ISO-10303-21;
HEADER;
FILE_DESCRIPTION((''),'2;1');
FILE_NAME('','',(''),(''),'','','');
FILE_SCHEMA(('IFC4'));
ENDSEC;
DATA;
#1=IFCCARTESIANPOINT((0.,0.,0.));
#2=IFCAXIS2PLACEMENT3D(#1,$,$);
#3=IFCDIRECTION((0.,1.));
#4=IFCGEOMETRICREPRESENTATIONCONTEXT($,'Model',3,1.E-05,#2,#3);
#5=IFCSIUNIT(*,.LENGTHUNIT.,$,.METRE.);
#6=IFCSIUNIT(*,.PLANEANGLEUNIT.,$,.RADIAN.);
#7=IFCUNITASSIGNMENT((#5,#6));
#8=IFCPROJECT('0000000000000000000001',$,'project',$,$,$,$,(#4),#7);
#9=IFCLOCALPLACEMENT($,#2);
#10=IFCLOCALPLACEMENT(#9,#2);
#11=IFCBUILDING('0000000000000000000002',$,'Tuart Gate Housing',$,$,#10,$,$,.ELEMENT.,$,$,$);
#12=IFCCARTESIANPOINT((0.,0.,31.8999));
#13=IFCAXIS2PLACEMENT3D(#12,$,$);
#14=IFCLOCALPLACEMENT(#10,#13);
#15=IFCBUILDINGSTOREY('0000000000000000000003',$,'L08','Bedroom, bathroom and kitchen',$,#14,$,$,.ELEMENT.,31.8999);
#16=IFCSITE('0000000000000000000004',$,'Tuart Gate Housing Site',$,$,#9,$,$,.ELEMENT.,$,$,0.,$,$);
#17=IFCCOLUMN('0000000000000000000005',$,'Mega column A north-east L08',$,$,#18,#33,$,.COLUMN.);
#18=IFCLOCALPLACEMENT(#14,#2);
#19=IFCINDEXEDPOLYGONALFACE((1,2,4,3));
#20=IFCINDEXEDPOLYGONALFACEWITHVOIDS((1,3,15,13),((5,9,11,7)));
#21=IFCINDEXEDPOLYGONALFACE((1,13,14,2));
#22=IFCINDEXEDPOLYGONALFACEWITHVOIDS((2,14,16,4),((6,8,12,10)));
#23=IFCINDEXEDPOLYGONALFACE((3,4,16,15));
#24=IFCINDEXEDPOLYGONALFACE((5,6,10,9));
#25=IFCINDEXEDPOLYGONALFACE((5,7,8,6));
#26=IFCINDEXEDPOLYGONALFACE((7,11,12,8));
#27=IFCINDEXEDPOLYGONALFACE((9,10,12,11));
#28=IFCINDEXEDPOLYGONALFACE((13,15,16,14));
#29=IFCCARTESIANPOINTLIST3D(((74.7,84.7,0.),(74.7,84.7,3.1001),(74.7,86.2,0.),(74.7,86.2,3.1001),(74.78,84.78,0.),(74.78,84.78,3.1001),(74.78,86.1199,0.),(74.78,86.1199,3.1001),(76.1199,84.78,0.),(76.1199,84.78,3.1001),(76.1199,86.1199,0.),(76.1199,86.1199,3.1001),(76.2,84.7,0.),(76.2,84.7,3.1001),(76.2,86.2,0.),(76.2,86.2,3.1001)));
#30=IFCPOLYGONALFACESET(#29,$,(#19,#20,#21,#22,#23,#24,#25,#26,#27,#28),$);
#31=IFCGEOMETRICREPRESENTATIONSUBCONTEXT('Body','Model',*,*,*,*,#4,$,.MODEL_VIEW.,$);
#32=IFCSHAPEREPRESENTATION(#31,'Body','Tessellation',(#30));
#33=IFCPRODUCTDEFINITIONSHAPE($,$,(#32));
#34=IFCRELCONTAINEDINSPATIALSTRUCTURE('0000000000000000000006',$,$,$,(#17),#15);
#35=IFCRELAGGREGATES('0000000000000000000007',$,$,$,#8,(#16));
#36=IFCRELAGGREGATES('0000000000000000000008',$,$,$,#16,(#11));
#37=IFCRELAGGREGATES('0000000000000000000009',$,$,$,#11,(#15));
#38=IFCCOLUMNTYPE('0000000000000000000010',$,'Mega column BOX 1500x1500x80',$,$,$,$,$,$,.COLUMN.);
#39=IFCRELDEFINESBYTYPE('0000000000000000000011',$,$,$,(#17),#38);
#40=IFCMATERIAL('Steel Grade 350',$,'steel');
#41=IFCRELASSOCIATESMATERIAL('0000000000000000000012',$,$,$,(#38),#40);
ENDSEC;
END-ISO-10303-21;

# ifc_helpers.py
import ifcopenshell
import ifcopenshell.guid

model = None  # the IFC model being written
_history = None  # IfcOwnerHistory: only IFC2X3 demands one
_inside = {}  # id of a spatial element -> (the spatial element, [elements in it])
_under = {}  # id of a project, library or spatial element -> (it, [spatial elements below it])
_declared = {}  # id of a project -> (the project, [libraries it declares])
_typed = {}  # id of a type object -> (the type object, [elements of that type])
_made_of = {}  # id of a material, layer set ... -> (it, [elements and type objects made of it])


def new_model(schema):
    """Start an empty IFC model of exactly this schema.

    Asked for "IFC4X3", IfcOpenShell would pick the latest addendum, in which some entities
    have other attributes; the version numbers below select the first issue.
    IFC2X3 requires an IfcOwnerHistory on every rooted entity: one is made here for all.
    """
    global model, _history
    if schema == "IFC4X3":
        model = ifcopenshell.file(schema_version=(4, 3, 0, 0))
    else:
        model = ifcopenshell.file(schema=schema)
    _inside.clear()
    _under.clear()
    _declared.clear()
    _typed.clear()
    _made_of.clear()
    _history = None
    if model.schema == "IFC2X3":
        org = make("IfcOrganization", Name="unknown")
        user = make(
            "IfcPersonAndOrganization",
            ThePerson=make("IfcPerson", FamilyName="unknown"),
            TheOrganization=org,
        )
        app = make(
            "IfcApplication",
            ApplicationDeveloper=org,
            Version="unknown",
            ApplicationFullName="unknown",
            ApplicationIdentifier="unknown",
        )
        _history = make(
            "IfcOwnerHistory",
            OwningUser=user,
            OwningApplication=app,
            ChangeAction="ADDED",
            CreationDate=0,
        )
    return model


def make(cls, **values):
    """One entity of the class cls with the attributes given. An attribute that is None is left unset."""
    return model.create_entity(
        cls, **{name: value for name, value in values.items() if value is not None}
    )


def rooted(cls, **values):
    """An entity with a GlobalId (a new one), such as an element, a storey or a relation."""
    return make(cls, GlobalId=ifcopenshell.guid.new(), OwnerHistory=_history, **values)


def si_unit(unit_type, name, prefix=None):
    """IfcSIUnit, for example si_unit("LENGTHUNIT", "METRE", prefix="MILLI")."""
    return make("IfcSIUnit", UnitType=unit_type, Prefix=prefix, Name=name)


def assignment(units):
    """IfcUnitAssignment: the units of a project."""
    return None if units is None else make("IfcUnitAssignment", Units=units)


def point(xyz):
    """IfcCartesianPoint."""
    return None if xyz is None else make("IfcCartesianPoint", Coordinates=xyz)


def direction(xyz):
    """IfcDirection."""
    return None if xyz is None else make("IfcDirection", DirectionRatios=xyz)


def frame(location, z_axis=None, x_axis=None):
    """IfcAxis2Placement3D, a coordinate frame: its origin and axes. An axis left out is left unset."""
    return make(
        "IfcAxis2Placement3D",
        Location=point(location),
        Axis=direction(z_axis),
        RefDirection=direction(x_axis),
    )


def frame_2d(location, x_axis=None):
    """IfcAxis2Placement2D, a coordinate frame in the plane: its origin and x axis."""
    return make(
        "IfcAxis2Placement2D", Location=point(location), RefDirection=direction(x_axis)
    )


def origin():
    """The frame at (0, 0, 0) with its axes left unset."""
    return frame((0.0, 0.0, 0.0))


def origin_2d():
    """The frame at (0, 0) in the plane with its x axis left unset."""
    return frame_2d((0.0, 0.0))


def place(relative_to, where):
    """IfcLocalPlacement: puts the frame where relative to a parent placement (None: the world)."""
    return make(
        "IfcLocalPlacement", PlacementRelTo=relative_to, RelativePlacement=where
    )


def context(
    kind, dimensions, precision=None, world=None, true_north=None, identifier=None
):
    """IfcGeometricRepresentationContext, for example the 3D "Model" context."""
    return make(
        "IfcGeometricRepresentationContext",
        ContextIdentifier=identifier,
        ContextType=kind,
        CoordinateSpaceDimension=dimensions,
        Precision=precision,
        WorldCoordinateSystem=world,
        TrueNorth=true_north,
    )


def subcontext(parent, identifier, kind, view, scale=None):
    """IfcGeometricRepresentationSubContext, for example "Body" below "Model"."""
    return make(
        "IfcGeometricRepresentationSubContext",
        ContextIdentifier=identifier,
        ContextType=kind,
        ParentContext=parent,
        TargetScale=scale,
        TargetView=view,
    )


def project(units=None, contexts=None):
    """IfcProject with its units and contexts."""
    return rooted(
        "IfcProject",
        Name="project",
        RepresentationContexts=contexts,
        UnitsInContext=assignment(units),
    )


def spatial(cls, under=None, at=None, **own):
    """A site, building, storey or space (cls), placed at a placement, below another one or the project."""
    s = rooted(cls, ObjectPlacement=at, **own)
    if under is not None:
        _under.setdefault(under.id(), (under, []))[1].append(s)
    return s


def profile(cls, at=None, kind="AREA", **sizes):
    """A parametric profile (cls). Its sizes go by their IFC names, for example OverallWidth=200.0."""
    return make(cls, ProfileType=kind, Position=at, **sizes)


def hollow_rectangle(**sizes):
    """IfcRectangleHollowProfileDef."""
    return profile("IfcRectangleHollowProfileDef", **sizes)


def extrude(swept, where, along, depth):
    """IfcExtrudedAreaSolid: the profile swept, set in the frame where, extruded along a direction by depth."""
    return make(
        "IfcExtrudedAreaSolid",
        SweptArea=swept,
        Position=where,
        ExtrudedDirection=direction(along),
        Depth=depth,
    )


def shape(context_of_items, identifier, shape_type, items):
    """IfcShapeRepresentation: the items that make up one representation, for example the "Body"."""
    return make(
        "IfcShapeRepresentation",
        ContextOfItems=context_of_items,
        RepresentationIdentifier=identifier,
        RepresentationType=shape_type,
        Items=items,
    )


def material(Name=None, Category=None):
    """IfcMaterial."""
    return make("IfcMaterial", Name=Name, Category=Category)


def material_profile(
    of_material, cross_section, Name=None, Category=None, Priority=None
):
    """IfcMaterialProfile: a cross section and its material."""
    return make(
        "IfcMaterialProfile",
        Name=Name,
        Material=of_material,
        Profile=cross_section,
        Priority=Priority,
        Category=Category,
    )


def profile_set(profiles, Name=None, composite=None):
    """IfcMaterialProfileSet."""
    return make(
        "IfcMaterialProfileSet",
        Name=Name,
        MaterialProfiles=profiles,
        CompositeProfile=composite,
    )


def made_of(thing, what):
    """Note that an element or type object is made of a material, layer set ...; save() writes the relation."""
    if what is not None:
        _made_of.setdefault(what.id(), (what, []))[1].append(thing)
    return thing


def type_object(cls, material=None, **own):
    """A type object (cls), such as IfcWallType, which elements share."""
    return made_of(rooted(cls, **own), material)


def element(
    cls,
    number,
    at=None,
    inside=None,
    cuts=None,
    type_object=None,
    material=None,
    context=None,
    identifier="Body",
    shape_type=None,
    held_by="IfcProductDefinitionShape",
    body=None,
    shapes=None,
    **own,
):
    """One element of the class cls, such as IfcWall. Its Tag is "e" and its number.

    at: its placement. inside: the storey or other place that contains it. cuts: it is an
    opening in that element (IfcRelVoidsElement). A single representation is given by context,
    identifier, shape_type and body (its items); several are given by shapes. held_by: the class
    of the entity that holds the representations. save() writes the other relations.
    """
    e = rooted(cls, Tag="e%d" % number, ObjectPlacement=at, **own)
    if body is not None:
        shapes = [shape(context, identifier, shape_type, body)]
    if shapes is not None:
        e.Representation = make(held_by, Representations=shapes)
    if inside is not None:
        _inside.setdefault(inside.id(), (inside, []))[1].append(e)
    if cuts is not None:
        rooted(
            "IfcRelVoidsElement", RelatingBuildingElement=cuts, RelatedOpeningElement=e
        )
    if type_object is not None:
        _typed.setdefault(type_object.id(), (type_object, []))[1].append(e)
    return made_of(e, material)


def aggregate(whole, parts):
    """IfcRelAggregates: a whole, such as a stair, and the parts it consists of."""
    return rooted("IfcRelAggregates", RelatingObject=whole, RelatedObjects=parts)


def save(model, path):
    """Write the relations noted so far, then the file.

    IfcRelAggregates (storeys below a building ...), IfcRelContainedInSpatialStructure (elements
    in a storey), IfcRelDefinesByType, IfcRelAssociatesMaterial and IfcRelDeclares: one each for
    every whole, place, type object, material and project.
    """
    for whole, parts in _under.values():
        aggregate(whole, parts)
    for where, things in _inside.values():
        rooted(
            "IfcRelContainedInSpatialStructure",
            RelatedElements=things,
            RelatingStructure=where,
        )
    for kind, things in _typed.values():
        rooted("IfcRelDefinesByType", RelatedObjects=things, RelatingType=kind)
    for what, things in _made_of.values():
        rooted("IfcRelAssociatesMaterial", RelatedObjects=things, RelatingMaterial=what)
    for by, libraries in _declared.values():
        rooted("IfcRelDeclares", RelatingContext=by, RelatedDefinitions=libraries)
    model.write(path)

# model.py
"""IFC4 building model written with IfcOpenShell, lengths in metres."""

from ifc_helpers import new_model, si_unit, direction, frame, origin, origin_2d, place, context, subcontext, project, spatial, hollow_rectangle, extrude, material, material_profile, profile_set, type_object, element, save


model = new_model("IFC4")

# Units and contexts
model_context = context("Model", 3, precision=1e-05, world=origin(), true_north=direction((0.0, 1.0)))
body_context = subcontext(model_context, "Body", "Model", "MODEL_VIEW")
ifc_project = project(units=[si_unit("LENGTHUNIT", "METRE"), si_unit("PLANEANGLEUNIT", "RADIAN")], contexts=[model_context])

# Site, building, storey
site_placement = place(None, origin())
site = spatial("IfcSite", under=ifc_project, at=site_placement, Name="Tuart Gate Housing Site", CompositionType="ELEMENT", RefElevation=0.0)
building_placement = place(site_placement, origin())
building = spatial("IfcBuilding", under=site, at=building_placement, Name="Tuart Gate Housing", CompositionType="ELEMENT")
storey_placement = place(building_placement, frame((0.0, 0.0, 31.8999)))
storey = spatial("IfcBuildingStorey", under=building, at=storey_placement, Name="L08", Description="Bedroom, bathroom and kitchen", CompositionType="ELEMENT", Elevation=31.8999)

# Column
ifc_material_1 = material(Name="Steel Grade 350", Category="steel")
ifc_material_profile = material_profile(ifc_material_1, hollow_rectangle(XDim=1.5, YDim=1.5, WallThickness=0.0801, at=origin_2d()), Name="BOX 1500x1500x80")
ifc_profile_set = profile_set([ifc_material_profile], Name="Steel Grade 350")
column_type = type_object("IfcColumnType", Name="Mega column BOX 1500x1500x80", PredefinedType="COLUMN", material=ifc_profile_set)
column_placement = place(storey_placement, frame((75.45, 85.45, 0.0), z_axis=(0.0, 0.0, 1.0), x_axis=(1.0, 0.0, 0.0)))
element("IfcColumn", 1, at=column_placement, inside=storey, type_object=column_type, Name="Mega column A north-east L08", PredefinedType="COLUMN", context=body_context, shape_type="SweptSolid", body=[
    extrude(hollow_rectangle(XDim=1.5, YDim=1.5, WallThickness=0.0801, at=origin_2d()), origin(), (0.0, 0.0, 1.0), 3.1001),
])

save(model, "model.ifc")
